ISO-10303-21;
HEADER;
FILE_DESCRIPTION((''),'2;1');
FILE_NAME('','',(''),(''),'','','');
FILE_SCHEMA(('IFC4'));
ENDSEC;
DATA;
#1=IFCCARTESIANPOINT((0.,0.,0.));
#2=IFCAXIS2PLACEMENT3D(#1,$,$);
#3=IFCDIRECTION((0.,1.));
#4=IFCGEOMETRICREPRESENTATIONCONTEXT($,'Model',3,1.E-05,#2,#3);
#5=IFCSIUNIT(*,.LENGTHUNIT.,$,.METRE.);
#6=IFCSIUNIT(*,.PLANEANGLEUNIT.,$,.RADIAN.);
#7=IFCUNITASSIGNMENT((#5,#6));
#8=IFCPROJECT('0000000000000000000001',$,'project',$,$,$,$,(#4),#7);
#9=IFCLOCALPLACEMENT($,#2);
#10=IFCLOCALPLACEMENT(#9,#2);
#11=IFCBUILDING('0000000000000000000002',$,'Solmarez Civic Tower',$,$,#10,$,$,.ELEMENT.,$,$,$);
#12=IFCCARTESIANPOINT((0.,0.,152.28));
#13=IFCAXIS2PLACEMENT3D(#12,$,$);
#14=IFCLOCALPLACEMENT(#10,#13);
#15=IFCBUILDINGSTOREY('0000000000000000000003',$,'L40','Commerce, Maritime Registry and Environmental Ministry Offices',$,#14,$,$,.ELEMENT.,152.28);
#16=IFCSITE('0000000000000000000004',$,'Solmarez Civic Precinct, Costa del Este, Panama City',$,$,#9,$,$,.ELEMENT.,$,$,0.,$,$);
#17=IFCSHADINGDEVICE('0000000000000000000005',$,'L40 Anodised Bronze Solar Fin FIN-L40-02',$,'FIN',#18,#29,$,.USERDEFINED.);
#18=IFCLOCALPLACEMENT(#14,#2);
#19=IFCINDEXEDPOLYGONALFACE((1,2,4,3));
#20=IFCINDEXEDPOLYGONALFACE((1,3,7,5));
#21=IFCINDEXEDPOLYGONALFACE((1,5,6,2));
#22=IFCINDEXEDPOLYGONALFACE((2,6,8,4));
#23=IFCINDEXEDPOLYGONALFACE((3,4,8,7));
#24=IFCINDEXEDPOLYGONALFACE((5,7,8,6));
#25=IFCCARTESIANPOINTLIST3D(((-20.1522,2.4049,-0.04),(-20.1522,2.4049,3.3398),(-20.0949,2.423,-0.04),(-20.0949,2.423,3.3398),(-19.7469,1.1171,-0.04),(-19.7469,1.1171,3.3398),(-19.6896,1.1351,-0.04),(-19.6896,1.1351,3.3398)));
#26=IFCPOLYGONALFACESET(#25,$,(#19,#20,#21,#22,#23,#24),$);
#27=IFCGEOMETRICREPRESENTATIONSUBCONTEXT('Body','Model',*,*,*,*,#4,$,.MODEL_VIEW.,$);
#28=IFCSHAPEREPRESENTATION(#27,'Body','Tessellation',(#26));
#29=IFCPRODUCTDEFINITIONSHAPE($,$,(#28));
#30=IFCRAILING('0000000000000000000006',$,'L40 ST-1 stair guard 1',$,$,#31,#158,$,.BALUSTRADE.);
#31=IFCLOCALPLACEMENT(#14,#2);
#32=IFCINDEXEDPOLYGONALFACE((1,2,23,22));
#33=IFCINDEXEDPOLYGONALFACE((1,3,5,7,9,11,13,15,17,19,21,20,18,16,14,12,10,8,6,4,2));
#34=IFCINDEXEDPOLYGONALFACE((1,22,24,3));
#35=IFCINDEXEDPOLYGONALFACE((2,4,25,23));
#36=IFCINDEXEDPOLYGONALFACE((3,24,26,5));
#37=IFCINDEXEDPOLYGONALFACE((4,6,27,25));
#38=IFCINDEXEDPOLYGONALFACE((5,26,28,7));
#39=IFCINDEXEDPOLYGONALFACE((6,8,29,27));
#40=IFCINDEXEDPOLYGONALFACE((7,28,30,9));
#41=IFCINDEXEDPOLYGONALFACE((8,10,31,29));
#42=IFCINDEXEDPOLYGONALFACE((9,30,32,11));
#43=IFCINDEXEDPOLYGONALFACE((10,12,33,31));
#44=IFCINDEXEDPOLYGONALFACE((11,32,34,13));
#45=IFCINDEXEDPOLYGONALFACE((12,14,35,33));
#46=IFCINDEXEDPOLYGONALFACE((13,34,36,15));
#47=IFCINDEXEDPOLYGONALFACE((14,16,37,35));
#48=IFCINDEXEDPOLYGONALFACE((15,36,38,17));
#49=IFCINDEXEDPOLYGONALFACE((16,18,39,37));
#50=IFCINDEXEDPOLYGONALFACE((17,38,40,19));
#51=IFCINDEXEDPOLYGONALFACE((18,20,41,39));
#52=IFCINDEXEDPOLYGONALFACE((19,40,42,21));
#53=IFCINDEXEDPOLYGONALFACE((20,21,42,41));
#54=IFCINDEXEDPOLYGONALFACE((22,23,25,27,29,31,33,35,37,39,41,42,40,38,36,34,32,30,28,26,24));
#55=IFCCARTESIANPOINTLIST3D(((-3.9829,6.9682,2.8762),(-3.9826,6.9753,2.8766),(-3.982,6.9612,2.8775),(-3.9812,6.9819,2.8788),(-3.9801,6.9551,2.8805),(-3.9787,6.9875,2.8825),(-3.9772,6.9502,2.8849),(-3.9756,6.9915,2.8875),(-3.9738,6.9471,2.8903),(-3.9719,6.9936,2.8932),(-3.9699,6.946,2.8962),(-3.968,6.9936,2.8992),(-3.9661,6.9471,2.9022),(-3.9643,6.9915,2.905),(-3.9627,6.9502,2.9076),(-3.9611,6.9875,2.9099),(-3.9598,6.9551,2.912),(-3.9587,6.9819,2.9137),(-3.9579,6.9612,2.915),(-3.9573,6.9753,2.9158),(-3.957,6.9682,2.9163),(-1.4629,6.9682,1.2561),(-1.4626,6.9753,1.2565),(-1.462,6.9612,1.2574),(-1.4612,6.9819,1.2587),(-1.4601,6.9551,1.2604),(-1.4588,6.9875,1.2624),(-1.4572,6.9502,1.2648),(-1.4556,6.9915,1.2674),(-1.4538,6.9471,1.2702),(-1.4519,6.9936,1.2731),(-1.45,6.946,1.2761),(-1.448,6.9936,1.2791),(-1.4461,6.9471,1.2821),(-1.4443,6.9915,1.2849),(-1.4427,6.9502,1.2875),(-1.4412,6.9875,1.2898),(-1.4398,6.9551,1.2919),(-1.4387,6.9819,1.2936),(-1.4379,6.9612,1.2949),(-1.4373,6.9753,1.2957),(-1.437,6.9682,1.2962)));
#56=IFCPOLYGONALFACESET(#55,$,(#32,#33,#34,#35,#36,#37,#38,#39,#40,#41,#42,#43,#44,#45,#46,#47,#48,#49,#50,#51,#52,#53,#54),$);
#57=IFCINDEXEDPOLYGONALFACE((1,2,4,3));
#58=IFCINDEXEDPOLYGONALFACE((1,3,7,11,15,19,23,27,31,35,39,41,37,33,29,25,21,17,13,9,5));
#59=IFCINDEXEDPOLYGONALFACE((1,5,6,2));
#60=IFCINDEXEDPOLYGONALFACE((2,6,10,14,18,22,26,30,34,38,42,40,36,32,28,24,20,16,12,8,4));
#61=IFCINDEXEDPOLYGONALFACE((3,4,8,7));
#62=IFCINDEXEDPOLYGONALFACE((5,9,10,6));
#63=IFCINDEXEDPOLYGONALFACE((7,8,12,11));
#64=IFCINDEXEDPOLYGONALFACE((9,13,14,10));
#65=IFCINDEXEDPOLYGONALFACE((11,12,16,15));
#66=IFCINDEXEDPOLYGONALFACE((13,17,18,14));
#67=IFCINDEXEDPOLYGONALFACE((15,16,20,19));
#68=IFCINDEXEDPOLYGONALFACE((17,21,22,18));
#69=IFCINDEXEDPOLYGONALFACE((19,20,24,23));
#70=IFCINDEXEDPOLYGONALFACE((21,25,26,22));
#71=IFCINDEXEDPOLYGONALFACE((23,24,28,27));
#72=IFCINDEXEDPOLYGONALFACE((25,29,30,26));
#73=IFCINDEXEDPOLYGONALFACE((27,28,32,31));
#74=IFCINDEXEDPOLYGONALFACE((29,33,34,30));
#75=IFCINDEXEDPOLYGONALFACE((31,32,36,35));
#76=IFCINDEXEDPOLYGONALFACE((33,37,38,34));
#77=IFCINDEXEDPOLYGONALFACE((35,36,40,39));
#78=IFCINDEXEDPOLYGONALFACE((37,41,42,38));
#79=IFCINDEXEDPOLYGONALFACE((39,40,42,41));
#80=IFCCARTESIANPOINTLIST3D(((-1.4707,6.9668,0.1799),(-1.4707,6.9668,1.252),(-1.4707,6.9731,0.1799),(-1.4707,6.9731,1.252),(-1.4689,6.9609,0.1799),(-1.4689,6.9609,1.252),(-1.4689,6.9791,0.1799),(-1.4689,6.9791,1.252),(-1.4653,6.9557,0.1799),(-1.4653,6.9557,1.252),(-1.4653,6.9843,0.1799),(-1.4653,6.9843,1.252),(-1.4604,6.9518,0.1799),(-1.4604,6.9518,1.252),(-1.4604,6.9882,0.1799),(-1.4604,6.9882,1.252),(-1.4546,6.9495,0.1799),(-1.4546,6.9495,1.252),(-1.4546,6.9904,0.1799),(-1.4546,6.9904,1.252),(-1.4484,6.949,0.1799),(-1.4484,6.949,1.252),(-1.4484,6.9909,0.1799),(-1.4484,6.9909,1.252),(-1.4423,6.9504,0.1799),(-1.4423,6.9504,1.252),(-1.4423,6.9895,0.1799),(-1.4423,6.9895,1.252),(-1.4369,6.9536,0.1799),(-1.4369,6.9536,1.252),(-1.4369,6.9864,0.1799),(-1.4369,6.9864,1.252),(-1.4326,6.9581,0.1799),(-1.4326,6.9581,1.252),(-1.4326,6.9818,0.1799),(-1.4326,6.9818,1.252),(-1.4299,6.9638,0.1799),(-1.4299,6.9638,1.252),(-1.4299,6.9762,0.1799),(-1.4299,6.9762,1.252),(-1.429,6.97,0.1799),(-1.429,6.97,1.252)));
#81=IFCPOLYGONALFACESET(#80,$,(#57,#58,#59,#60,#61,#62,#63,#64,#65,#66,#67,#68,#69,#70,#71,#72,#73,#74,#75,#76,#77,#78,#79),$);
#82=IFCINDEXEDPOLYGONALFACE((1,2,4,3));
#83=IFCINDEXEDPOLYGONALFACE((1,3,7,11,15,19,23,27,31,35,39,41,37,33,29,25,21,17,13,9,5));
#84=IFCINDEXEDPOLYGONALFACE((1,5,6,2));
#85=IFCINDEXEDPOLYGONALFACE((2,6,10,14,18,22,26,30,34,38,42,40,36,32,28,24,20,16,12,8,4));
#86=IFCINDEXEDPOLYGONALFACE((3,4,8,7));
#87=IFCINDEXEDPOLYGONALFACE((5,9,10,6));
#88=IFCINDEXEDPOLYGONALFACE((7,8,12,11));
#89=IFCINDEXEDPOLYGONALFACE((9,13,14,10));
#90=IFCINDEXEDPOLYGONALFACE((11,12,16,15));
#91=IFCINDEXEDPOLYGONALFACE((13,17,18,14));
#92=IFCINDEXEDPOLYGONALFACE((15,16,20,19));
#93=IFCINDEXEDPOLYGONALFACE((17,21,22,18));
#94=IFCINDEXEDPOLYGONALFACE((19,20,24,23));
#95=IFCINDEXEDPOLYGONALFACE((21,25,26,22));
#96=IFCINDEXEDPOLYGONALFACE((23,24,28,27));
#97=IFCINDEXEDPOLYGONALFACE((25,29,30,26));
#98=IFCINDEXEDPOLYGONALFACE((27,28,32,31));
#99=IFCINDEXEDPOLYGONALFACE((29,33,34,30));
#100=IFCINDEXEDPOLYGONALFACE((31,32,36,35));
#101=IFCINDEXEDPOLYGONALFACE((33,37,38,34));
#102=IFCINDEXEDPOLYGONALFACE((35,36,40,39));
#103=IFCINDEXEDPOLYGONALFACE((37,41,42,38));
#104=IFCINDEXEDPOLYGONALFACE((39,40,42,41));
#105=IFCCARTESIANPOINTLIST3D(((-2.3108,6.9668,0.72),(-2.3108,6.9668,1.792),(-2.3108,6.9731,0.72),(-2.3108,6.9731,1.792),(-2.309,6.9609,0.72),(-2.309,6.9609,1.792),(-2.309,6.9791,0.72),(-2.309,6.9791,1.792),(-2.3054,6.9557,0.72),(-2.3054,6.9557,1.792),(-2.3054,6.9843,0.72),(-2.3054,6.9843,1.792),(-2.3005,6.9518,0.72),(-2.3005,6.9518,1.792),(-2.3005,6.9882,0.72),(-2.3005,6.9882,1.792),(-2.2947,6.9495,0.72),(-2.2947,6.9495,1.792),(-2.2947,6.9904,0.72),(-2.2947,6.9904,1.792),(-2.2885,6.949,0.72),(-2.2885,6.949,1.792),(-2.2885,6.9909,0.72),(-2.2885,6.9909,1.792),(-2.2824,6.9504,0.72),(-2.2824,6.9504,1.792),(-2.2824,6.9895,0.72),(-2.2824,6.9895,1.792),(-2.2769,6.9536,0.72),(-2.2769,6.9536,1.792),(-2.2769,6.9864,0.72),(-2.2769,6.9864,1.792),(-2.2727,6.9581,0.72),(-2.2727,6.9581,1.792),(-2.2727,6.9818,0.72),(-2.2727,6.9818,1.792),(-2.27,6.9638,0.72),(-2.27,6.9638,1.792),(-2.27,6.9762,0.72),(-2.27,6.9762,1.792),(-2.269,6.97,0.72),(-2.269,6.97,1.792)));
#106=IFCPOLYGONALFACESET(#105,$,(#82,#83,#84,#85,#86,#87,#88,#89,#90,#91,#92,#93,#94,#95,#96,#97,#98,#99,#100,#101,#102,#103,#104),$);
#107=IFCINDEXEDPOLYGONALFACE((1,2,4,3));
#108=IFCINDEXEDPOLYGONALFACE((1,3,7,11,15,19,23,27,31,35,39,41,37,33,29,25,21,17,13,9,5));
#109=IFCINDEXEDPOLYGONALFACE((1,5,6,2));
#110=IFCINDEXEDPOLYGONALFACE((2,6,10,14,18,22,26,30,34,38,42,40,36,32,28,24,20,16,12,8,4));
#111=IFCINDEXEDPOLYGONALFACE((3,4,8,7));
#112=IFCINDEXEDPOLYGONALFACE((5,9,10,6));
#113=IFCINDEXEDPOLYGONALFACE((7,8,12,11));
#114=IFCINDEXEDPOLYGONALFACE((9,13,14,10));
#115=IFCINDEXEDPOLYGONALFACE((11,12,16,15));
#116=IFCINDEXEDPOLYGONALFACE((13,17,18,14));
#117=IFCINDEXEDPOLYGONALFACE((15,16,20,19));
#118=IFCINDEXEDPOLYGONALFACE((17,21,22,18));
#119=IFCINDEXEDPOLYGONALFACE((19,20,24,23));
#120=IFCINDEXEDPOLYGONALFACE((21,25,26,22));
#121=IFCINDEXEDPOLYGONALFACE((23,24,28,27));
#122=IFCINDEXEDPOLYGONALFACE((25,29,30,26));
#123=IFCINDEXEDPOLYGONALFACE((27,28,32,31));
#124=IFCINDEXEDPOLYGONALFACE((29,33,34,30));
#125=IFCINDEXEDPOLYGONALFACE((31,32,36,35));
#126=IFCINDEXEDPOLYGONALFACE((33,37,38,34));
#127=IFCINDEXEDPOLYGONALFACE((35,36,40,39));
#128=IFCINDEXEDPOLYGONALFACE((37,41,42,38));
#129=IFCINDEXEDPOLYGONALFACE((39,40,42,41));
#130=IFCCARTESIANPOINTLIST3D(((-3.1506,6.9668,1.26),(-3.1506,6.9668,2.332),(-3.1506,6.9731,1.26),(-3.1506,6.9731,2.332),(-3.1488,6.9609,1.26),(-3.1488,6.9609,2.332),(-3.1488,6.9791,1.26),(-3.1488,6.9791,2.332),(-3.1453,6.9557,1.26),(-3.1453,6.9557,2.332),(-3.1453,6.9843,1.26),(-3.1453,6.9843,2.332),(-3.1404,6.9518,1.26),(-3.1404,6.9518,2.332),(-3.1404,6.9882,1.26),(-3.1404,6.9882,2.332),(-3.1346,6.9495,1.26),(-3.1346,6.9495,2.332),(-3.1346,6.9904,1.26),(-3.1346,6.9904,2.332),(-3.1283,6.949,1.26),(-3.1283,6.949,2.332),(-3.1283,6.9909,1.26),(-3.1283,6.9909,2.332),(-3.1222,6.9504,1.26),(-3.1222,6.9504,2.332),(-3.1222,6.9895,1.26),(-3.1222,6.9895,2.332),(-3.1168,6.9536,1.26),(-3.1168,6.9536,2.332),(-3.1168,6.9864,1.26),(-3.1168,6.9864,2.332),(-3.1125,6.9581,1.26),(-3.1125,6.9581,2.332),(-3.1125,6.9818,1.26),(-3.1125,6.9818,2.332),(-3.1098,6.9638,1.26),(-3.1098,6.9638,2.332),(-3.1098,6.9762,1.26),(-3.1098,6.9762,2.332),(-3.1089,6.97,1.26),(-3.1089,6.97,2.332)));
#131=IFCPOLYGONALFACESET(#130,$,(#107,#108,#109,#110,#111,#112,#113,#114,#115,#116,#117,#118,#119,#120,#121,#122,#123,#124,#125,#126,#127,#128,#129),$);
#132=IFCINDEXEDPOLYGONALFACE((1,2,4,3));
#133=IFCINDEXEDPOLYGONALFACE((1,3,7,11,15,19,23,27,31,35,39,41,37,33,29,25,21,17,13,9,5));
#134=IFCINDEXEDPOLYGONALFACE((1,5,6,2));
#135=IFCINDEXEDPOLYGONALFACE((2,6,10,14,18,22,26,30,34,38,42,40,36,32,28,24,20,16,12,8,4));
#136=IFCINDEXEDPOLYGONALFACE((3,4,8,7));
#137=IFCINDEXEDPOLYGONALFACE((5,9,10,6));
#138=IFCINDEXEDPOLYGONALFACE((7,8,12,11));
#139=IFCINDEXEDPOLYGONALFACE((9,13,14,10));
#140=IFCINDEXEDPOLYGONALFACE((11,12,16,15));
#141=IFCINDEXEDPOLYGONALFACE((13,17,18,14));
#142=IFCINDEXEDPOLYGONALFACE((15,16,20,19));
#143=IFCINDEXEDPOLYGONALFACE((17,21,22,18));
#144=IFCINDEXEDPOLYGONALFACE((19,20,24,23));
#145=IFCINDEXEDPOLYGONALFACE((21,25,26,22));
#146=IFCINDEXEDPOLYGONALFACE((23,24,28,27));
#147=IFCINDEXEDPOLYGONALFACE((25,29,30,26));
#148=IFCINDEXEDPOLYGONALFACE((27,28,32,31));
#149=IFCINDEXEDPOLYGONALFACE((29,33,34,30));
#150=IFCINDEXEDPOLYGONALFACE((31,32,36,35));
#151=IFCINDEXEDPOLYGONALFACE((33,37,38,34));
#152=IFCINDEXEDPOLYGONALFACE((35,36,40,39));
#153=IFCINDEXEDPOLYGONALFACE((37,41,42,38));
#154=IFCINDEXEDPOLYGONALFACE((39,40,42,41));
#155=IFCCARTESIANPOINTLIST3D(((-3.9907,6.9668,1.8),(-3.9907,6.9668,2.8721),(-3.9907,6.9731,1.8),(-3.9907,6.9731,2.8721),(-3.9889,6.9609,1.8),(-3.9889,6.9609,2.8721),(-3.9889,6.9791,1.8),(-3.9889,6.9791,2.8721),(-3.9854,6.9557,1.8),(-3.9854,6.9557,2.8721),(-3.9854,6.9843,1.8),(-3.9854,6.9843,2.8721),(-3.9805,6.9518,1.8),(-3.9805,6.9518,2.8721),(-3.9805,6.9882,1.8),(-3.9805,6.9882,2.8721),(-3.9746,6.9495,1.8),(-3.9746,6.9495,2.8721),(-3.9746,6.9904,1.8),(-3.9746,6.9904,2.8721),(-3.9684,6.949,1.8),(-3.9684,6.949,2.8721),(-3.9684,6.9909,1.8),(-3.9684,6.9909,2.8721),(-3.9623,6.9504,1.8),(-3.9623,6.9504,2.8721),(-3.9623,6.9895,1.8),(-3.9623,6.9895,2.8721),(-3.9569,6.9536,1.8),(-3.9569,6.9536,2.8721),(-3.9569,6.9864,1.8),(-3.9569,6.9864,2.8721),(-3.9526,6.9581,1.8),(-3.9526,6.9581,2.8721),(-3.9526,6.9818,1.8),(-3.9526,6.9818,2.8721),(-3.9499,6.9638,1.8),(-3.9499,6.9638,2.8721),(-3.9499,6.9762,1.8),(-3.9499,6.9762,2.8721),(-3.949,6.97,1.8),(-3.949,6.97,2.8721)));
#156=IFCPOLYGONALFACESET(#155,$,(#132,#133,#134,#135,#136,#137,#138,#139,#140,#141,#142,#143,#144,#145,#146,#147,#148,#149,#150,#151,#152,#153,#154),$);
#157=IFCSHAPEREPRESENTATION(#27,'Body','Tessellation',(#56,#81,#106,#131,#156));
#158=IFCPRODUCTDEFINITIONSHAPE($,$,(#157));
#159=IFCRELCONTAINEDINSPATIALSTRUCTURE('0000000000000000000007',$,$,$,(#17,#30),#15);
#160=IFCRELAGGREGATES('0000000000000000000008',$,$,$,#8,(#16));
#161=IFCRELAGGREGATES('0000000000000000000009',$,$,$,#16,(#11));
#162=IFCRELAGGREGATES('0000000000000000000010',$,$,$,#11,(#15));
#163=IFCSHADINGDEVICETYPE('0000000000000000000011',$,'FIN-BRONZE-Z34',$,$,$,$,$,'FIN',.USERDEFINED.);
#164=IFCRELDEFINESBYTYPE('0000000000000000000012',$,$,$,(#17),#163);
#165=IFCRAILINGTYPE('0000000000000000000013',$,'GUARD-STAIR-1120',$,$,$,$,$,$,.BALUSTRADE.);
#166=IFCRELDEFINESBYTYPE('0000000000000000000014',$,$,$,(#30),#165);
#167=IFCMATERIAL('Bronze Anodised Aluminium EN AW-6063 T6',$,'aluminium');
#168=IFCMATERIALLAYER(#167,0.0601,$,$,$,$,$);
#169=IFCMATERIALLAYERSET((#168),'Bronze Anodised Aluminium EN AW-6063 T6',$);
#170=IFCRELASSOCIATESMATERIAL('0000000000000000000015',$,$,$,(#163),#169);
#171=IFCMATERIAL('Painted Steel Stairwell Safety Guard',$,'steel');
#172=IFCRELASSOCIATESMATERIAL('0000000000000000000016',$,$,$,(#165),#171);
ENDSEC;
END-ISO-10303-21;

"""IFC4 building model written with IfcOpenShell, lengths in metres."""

from ifc_helpers import new_model, si_unit, direction, frame, origin, origin_2d, place, context, subcontext, project, spatial, rectangle, circle, extrude, material, layer, layer_set, type_object, element, save


model = new_model("IFC4")

# Units and contexts
model_context = context("Model", 3, precision=1e-05, world=origin(), true_north=direction((0.0, 1.0)))
body_context = subcontext(model_context, "Body", "Model", "MODEL_VIEW")
ifc_project = project(units=[si_unit("LENGTHUNIT", "METRE"), si_unit("PLANEANGLEUNIT", "RADIAN")], contexts=[model_context])

# Site, building, storey
site_placement = place(None, origin())
site = spatial("IfcSite", under=ifc_project, at=site_placement, Name="Solmarez Civic Precinct, Costa del Este, Panama City", CompositionType="ELEMENT", RefElevation=0.0)
building_placement = place(site_placement, origin())
building = spatial("IfcBuilding", under=site, at=building_placement, Name="Solmarez Civic Tower", CompositionType="ELEMENT")
storey_placement = place(building_placement, frame((0.0, 0.0, 152.28)))
storey = spatial("IfcBuildingStorey", under=building, at=storey_placement, Name="L40", Description="Commerce, Maritime Registry and Environmental Ministry Offices", CompositionType="ELEMENT", Elevation=152.28)

# Shading device
ifc_material_1 = material(Name="Bronze Anodised Aluminium EN AW-6063 T6", Category="aluminium")
ifc_layer_1 = layer(ifc_material_1, 0.0601)
ifc_layer_set_1 = layer_set([ifc_layer_1], Name="Bronze Anodised Aluminium EN AW-6063 T6")
shading_device_type = type_object("IfcShadingDeviceType", Name="FIN-BRONZE-Z34", ElementType="FIN", PredefinedType="USERDEFINED", material=ifc_layer_set_1)
shading_device_placement = place(storey_placement, frame((-19.9209, 1.77, -0.04), z_axis=(0.0, 0.0, 1.0), x_axis=(-0.30014, 0.953895, 0.0)))
element("IfcShadingDevice", 1, at=shading_device_placement, inside=storey, type_object=shading_device_type, Name="L40 Anodised Bronze Solar Fin FIN-L40-02", ObjectType="FIN", PredefinedType="USERDEFINED", context=body_context, shape_type="SweptSolid", body=[
    extrude(rectangle(XDim=1.3501, YDim=0.0601, at=origin_2d()), origin(), (0.0, 0.0, 1.0), 3.3799),
])

# Railing
ifc_material_2 = material(Name="Painted Steel Stairwell Safety Guard", Category="steel")
railing_type_1 = type_object("IfcRailingType", Name="GUARD-STAIR-1120", PredefinedType="BALUSTRADE", material=ifc_material_2)
railing_1_placement = place(storey_placement, frame((-1.45, 6.97, 0.1799)))
element("IfcRailing", 2, at=railing_1_placement, inside=storey, type_object=railing_type_1, Name="L40 ST-1 stair guard 1", PredefinedType="BALUSTRADE", context=body_context, shape_type="SweptSolid", body=[
    extrude(circle(Radius=0.0239, at=origin_2d()), frame((0.0, 0.0, 1.0962), z_axis=(-0.841163, 0.0, 0.540782), x_axis=(0.0, -1.0, 0.0)), (0.0, 0.0, 1.0), 2.9958),
    extrude(circle(Radius=0.021, at=origin_2d()), origin(), (0.0, 0.0, 1.0), 1.072),
    extrude(circle(Radius=0.021, at=origin_2d()), frame((-0.8401, 0.0, 0.54)), (0.0, 0.0, 1.0), 1.072),
    extrude(circle(Radius=0.021, at=origin_2d()), frame((-1.6799, 0.0, 1.0801)), (0.0, 0.0, 1.0), 1.072),
    extrude(circle(Radius=0.021, at=origin_2d()), frame((-2.52, 0.0, 1.6201)), (0.0, 0.0, 1.0), 1.072),
])

save(model, "model.ifc")
